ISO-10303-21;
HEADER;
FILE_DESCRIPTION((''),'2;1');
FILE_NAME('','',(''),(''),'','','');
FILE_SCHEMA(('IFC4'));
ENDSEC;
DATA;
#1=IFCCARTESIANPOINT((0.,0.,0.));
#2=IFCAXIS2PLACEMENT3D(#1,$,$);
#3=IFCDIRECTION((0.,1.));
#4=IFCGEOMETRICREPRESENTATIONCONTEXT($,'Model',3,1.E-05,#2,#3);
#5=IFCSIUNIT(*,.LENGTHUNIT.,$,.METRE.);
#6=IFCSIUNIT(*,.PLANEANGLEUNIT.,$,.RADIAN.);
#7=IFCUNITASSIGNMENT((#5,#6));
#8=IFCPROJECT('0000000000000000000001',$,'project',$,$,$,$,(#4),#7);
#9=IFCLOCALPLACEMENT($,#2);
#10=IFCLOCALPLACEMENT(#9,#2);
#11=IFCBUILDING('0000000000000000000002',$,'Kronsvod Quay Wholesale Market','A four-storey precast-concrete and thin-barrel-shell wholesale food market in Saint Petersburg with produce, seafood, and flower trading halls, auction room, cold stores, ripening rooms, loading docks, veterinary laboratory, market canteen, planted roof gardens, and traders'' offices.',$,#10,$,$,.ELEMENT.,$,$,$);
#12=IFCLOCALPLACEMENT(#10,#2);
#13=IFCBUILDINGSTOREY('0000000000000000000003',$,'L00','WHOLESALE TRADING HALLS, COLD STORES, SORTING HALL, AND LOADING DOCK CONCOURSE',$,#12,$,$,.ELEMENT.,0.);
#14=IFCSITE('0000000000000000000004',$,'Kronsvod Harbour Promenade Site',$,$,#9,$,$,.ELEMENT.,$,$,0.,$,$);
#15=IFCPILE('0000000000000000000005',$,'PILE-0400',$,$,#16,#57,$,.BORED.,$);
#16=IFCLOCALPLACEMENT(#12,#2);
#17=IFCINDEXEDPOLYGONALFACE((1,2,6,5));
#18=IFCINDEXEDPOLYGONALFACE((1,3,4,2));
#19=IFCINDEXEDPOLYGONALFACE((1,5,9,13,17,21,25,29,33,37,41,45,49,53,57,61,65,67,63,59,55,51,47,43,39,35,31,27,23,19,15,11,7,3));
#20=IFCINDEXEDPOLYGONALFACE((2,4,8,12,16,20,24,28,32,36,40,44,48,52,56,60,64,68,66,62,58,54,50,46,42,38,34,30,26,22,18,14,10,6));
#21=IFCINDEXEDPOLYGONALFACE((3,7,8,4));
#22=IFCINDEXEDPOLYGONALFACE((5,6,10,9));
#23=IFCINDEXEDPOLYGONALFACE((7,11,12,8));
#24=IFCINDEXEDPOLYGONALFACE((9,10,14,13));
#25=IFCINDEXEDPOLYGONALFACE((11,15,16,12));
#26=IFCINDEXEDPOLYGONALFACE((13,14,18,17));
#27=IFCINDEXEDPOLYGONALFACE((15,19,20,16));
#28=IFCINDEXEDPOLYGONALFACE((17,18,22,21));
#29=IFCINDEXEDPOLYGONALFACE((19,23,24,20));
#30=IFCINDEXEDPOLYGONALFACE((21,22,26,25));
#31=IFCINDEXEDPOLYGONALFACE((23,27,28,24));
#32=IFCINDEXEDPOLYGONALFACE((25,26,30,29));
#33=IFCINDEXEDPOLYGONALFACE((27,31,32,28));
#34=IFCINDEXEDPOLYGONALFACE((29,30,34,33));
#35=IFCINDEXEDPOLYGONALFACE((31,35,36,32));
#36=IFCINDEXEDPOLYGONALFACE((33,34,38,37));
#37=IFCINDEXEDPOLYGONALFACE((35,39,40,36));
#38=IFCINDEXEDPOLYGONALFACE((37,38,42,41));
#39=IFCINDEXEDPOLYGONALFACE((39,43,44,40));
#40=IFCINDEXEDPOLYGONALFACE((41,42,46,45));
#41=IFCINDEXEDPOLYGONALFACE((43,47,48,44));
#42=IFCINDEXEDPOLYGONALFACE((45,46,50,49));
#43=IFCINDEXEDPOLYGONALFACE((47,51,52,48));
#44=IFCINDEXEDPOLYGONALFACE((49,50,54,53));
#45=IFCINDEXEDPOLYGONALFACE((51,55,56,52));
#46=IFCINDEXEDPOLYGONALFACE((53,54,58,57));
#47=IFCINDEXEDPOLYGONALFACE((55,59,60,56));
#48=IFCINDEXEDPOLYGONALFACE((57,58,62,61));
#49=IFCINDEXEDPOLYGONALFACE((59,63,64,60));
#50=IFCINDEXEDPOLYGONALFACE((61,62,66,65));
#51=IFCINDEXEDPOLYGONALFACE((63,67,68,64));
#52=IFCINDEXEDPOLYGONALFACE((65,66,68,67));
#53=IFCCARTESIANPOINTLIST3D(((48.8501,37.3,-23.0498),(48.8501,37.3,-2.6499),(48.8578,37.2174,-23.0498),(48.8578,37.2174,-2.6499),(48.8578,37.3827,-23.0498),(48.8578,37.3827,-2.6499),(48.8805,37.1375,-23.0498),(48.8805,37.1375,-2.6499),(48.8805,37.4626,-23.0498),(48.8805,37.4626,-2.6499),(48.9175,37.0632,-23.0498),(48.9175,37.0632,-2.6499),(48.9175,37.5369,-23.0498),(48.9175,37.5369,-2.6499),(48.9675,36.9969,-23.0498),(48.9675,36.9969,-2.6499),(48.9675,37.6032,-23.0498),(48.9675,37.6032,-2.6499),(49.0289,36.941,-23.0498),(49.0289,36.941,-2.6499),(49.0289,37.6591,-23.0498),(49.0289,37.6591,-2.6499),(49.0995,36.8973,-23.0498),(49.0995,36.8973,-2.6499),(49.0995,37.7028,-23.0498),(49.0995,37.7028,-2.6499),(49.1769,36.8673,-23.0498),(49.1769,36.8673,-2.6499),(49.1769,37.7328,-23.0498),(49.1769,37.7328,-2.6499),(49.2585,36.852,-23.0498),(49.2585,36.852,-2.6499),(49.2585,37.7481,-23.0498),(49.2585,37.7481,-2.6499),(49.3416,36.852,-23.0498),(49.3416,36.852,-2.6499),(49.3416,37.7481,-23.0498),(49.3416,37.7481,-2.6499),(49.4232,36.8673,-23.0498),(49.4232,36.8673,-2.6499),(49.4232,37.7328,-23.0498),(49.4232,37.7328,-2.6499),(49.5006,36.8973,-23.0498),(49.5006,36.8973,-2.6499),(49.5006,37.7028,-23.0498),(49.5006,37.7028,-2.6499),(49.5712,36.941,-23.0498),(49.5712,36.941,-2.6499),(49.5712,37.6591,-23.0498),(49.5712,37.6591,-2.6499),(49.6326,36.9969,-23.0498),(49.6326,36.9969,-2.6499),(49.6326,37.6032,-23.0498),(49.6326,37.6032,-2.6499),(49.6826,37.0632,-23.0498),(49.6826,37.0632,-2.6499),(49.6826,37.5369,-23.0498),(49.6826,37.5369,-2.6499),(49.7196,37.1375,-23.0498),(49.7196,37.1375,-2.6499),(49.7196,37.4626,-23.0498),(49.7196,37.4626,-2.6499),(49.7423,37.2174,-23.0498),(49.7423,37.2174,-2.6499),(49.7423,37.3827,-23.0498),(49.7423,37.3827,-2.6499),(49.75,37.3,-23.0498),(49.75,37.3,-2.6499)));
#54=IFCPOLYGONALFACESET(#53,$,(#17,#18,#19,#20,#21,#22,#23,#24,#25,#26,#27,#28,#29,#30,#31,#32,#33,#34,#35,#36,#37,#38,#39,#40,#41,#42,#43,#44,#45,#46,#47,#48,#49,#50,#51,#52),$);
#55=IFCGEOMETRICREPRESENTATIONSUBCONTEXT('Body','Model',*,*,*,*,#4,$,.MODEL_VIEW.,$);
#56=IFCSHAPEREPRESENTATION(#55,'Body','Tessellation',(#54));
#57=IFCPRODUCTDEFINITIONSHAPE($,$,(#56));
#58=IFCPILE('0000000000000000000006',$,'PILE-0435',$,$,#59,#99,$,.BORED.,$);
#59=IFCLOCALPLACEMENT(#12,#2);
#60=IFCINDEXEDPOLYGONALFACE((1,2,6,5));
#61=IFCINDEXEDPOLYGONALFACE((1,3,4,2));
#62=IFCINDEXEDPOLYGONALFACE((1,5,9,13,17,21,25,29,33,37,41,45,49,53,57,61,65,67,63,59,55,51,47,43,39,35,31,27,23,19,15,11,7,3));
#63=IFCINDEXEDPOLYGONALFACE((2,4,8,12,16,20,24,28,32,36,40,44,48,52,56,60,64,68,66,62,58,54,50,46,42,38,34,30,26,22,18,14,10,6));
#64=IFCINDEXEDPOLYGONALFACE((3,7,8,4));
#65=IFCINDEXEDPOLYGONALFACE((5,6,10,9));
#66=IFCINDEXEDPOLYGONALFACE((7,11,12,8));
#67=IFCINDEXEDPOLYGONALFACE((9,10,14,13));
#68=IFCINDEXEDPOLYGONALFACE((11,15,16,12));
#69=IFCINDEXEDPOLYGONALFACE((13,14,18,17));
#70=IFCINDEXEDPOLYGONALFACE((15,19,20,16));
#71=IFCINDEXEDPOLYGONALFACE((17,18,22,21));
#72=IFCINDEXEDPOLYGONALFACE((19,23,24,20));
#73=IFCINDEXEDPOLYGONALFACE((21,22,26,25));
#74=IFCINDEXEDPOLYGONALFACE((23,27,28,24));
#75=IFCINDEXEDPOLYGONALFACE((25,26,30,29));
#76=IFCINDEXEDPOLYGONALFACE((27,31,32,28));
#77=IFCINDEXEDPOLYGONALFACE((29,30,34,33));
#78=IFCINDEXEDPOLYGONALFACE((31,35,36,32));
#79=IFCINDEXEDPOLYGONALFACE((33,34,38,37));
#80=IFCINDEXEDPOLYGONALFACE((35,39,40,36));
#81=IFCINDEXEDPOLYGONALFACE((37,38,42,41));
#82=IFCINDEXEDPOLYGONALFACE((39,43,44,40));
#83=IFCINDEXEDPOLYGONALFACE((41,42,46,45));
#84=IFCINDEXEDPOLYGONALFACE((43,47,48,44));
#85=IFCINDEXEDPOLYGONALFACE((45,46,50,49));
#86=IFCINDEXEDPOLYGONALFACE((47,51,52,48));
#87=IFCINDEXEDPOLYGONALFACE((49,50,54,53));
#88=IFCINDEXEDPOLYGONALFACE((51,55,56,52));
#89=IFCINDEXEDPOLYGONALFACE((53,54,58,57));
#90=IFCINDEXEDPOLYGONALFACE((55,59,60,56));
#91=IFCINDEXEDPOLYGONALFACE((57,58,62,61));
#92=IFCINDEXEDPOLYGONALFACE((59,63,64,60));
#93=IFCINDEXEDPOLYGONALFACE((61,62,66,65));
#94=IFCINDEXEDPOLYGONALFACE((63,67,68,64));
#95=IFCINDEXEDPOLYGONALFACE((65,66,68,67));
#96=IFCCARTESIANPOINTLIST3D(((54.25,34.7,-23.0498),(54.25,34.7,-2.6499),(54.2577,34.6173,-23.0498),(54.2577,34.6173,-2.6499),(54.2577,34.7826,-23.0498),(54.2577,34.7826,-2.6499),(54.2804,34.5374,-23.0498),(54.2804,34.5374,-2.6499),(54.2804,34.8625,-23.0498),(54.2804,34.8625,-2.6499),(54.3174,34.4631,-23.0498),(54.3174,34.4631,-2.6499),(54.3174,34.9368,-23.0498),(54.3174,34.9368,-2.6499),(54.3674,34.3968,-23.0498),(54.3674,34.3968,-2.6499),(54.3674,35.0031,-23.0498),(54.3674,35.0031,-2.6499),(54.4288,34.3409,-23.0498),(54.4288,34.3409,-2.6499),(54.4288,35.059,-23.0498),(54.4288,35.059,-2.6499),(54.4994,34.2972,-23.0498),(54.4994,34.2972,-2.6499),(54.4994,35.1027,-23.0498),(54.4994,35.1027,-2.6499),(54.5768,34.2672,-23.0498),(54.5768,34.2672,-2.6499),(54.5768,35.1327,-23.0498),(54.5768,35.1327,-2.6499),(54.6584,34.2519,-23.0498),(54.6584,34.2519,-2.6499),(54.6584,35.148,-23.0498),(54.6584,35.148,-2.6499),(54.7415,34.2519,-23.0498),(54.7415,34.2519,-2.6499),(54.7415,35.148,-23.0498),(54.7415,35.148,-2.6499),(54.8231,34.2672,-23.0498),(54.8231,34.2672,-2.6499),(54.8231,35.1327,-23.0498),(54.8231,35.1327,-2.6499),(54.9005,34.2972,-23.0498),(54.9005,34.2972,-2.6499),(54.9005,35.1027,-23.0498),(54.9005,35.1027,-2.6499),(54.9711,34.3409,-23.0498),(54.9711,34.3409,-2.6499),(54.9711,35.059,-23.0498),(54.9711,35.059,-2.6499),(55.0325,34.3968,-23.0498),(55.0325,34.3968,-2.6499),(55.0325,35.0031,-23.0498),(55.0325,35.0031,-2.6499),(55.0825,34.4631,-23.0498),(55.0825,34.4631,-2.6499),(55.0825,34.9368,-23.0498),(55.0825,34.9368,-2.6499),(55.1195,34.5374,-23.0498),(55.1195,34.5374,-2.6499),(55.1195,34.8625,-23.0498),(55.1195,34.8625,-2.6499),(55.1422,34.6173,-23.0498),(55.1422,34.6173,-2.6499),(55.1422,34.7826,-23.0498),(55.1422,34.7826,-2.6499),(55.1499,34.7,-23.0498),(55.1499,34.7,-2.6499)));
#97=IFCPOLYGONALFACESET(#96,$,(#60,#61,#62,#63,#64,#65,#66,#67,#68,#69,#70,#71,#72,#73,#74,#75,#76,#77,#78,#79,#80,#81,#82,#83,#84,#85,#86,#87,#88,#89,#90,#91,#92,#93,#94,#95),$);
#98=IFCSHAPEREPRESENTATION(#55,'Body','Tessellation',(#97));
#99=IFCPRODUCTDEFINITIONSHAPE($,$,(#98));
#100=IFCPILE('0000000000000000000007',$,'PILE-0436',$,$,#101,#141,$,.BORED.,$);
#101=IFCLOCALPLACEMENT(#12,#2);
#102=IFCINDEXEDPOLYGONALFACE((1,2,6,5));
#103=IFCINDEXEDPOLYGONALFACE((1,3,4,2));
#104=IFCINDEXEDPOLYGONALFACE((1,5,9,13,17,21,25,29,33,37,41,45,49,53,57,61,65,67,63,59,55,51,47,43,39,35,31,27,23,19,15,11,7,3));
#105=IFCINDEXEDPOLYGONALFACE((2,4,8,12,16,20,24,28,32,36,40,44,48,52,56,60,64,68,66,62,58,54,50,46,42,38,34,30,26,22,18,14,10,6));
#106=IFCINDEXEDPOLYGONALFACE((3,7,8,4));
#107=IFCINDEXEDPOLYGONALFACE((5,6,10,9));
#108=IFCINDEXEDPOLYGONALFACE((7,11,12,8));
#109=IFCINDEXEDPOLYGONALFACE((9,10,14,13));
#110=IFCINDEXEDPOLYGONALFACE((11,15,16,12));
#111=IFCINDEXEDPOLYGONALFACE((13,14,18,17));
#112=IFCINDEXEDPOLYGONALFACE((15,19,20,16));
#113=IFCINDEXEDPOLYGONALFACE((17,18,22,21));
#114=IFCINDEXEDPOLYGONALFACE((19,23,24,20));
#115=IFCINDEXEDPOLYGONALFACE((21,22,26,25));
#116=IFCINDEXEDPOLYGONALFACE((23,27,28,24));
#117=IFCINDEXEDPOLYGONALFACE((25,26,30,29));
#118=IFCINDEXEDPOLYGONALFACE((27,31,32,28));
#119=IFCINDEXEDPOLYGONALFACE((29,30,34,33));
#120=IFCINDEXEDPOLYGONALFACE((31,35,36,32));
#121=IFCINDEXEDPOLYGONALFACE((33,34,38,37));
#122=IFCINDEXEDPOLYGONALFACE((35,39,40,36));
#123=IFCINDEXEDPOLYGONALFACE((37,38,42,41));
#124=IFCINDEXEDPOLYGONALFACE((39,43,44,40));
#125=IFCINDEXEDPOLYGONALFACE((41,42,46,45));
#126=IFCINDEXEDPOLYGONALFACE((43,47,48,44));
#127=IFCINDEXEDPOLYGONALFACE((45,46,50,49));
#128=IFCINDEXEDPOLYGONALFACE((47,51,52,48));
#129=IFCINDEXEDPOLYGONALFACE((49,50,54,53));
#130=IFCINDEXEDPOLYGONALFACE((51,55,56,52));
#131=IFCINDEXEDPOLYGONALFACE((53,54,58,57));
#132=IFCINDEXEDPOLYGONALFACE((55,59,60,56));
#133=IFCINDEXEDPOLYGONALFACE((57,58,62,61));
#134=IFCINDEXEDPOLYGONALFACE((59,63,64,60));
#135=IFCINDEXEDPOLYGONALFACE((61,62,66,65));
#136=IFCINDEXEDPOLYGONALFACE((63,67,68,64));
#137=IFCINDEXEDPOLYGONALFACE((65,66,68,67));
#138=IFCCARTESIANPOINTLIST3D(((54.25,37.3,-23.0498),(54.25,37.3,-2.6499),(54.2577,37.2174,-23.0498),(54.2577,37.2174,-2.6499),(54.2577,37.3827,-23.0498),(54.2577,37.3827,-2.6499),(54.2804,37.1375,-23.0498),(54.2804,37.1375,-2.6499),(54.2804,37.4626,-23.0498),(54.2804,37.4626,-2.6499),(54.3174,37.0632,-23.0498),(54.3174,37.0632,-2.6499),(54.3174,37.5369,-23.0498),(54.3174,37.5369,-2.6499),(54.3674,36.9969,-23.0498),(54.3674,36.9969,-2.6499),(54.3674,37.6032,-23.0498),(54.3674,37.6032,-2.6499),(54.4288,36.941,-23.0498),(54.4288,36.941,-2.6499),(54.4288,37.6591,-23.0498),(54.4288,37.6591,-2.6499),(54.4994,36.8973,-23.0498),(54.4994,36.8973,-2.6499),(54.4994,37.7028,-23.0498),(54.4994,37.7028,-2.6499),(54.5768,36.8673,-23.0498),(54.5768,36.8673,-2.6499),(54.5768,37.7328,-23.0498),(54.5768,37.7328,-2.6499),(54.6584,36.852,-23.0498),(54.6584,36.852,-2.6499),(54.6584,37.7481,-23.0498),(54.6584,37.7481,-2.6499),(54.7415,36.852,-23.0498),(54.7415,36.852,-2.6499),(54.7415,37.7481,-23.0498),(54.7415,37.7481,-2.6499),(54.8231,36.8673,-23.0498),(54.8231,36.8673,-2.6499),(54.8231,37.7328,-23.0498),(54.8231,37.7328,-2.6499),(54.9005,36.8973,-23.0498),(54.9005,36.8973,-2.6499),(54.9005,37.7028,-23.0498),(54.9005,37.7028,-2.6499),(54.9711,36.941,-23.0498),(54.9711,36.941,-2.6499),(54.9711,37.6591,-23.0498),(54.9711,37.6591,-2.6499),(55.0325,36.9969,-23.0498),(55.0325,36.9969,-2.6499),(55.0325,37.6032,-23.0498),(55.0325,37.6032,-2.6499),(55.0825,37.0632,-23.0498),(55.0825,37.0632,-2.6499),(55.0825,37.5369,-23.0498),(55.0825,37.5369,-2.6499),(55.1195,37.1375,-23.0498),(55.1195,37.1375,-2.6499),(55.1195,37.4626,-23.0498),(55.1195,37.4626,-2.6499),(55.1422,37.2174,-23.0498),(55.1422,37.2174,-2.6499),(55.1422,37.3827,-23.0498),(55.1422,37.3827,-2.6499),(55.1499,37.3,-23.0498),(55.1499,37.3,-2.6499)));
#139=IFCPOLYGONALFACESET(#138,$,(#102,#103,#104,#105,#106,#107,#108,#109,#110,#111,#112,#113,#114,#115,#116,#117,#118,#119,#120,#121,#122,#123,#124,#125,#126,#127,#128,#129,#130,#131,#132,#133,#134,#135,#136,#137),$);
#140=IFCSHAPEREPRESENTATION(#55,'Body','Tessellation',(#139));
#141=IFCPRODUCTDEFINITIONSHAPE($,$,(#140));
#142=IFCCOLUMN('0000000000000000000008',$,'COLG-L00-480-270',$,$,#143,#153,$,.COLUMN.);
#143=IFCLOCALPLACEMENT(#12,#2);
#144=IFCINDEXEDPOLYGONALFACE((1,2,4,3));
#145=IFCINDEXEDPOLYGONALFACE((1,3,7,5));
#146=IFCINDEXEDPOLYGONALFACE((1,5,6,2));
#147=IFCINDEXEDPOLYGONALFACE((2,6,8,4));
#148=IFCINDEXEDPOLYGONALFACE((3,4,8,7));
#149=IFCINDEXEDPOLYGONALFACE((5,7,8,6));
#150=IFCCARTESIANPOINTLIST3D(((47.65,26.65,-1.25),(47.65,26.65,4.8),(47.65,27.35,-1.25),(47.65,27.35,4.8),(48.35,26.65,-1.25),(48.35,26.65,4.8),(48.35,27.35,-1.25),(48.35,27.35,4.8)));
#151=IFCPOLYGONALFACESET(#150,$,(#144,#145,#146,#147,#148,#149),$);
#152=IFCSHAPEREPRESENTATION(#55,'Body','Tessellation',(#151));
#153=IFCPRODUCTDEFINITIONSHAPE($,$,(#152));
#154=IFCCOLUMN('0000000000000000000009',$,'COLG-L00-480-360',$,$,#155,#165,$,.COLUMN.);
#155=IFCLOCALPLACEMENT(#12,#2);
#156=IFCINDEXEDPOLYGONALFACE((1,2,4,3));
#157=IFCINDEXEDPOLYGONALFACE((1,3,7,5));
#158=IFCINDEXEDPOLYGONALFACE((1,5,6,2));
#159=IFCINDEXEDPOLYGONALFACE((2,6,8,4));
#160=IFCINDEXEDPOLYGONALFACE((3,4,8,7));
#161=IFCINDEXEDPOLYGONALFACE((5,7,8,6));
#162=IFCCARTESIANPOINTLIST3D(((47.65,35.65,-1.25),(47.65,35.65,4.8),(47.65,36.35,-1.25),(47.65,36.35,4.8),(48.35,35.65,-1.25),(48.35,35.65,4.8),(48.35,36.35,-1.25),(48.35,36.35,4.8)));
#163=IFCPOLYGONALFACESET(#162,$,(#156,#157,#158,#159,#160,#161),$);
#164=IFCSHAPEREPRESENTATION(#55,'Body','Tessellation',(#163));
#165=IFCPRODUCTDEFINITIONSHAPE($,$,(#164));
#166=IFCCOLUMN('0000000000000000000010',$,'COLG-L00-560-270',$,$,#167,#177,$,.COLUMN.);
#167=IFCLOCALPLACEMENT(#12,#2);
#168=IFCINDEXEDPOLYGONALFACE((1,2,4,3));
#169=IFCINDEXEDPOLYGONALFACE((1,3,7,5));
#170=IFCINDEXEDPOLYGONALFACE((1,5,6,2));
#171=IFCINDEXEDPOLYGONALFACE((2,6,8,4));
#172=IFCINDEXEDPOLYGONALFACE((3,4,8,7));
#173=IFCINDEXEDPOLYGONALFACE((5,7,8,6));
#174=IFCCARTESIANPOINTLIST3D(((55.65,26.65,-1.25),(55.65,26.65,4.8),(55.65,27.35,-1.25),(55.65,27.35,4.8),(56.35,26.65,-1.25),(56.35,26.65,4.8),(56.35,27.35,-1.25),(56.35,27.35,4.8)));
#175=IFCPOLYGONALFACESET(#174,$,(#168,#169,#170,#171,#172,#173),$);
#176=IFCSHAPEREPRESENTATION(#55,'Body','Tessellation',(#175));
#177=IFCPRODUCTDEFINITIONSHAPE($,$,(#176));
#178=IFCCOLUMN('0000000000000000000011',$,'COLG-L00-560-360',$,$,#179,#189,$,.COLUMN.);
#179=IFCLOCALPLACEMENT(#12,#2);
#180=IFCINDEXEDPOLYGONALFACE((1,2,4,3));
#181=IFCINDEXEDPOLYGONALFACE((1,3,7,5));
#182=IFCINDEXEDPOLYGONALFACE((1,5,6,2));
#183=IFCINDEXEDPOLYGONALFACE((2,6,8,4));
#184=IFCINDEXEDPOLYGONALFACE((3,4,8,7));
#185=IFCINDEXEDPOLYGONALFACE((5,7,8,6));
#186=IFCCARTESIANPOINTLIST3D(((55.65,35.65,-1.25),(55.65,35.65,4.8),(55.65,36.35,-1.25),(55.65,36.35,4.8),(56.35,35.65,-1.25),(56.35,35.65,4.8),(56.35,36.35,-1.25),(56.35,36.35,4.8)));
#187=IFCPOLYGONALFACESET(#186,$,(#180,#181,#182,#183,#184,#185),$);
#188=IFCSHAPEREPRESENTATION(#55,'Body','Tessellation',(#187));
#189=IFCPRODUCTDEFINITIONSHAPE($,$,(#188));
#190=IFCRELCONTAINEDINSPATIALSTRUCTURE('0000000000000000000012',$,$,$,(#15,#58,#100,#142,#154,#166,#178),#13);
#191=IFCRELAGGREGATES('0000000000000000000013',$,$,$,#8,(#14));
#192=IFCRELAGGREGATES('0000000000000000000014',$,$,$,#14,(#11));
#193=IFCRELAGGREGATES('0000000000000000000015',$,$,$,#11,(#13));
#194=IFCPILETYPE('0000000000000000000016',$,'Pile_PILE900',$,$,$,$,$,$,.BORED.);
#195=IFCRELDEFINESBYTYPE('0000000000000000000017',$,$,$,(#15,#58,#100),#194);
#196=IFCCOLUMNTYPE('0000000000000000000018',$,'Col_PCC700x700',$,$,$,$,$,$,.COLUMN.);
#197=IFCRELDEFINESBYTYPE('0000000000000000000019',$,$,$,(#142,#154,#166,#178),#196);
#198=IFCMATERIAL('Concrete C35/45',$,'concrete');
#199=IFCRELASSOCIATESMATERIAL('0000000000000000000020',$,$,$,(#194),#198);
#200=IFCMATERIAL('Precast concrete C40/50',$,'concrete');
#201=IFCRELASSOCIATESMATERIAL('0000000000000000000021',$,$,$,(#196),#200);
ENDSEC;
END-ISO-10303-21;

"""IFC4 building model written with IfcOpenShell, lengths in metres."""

from ifc_helpers import new_model, si_unit, direction, frame, origin, origin_2d, place, context, subcontext, project, spatial, rectangle, circle, extrude, material, material_profile, profile_set, type_object, element, save


model = new_model("IFC4")

# Units and contexts
model_context = context("Model", 3, precision=1e-05, world=origin(), true_north=direction((0.0, 1.0)))
body_context = subcontext(model_context, "Body", "Model", "MODEL_VIEW")
ifc_project = project(units=[si_unit("LENGTHUNIT", "METRE"), si_unit("PLANEANGLEUNIT", "RADIAN")], contexts=[model_context])

# Site, building, storey
site_placement = place(None, origin())
site = spatial("IfcSite", under=ifc_project, at=site_placement, Name="Kronsvod Harbour Promenade Site", CompositionType="ELEMENT", RefElevation=0.0)
building_placement = place(site_placement, origin())
building = spatial("IfcBuilding", under=site, at=building_placement, Name="Kronsvod Quay Wholesale Market", Description="A four-storey precast-concrete and thin-barrel-shell wholesale food market in Saint Petersburg with produce, seafood, and flower trading halls, auction room, cold stores, ripening rooms, loading docks, veterinary laboratory, market canteen, planted roof gardens, and traders' offices.", CompositionType="ELEMENT")
storey_placement = place(building_placement, origin())
storey = spatial("IfcBuildingStorey", under=building, at=storey_placement, Name="L00", Description="WHOLESALE TRADING HALLS, COLD STORES, SORTING HALL, AND LOADING DOCK CONCOURSE", CompositionType="ELEMENT", Elevation=0.0)

# Piles
ifc_material_1 = material(Name="Concrete C35/45", Category="concrete")
ifc_material_profile_1 = material_profile(ifc_material_1, circle(Radius=0.45, at=origin_2d()), Name="PILE900")
ifc_profile_set_1 = profile_set([ifc_material_profile_1], Name="Concrete C35/45")
pile_type_1 = type_object("IfcPileType", Name="Pile_PILE900", PredefinedType="BORED", material=ifc_profile_set_1)
for number, where, z_axis, x_axis, name in (
    (1, (49.3, 37.3, -2.6499), (0.0, 0.0, -1.0), (1.0, 0.0, 0.0), "PILE-0400"),
    (2, (54.7, 34.7, -2.6499), (0.0, 0.0, -1.0), (1.0, 0.0, 0.0), "PILE-0435"),
    (3, (54.7, 37.3, -2.6499), (0.0, 0.0, -1.0), (1.0, 0.0, 0.0), "PILE-0436"),
):
    element("IfcPile", number, at=place(storey_placement, frame(where, z_axis=z_axis, x_axis=x_axis)), inside=storey, type_object=pile_type_1, Name=name, PredefinedType="BORED", context=body_context, shape_type="SweptSolid", body=[
        extrude(circle(Radius=0.45, at=origin_2d()), origin(), (0.0, 0.0, 1.0), 20.3999),
    ])

# Columns
ifc_material_2 = material(Name="Precast concrete C40/50", Category="concrete")
ifc_material_profile_2 = material_profile(ifc_material_2, rectangle(XDim=0.7, YDim=0.7, at=origin_2d()), Name="PCC700x700")
ifc_profile_set_2 = profile_set([ifc_material_profile_2], Name="Precast concrete C40/50")
column_type = type_object("IfcColumnType", Name="Col_PCC700x700", PredefinedType="COLUMN", material=ifc_profile_set_2)
for number, where, z_axis, x_axis, name in (
    (4, (48.0, 27.0, -1.25), (0.0, 0.0, 1.0), (1.0, 0.0, 0.0), "COLG-L00-480-270"),
    (5, (48.0, 36.0, -1.25), (0.0, 0.0, 1.0), (1.0, 0.0, 0.0), "COLG-L00-480-360"),
    (6, (56.0, 27.0, -1.25), (0.0, 0.0, 1.0), (1.0, 0.0, 0.0), "COLG-L00-560-270"),
    (7, (56.0, 36.0, -1.25), (0.0, 0.0, 1.0), (1.0, 0.0, 0.0), "COLG-L00-560-360"),
):
    element("IfcColumn", number, at=place(storey_placement, frame(where, z_axis=z_axis, x_axis=x_axis)), inside=storey, type_object=column_type, Name=name, PredefinedType="COLUMN", context=body_context, shape_type="SweptSolid", body=[
        extrude(rectangle(XDim=0.7, YDim=0.7, at=origin_2d()), origin(), (0.0, 0.0, 1.0), 6.05),
    ])

save(model, "model.ifc")
